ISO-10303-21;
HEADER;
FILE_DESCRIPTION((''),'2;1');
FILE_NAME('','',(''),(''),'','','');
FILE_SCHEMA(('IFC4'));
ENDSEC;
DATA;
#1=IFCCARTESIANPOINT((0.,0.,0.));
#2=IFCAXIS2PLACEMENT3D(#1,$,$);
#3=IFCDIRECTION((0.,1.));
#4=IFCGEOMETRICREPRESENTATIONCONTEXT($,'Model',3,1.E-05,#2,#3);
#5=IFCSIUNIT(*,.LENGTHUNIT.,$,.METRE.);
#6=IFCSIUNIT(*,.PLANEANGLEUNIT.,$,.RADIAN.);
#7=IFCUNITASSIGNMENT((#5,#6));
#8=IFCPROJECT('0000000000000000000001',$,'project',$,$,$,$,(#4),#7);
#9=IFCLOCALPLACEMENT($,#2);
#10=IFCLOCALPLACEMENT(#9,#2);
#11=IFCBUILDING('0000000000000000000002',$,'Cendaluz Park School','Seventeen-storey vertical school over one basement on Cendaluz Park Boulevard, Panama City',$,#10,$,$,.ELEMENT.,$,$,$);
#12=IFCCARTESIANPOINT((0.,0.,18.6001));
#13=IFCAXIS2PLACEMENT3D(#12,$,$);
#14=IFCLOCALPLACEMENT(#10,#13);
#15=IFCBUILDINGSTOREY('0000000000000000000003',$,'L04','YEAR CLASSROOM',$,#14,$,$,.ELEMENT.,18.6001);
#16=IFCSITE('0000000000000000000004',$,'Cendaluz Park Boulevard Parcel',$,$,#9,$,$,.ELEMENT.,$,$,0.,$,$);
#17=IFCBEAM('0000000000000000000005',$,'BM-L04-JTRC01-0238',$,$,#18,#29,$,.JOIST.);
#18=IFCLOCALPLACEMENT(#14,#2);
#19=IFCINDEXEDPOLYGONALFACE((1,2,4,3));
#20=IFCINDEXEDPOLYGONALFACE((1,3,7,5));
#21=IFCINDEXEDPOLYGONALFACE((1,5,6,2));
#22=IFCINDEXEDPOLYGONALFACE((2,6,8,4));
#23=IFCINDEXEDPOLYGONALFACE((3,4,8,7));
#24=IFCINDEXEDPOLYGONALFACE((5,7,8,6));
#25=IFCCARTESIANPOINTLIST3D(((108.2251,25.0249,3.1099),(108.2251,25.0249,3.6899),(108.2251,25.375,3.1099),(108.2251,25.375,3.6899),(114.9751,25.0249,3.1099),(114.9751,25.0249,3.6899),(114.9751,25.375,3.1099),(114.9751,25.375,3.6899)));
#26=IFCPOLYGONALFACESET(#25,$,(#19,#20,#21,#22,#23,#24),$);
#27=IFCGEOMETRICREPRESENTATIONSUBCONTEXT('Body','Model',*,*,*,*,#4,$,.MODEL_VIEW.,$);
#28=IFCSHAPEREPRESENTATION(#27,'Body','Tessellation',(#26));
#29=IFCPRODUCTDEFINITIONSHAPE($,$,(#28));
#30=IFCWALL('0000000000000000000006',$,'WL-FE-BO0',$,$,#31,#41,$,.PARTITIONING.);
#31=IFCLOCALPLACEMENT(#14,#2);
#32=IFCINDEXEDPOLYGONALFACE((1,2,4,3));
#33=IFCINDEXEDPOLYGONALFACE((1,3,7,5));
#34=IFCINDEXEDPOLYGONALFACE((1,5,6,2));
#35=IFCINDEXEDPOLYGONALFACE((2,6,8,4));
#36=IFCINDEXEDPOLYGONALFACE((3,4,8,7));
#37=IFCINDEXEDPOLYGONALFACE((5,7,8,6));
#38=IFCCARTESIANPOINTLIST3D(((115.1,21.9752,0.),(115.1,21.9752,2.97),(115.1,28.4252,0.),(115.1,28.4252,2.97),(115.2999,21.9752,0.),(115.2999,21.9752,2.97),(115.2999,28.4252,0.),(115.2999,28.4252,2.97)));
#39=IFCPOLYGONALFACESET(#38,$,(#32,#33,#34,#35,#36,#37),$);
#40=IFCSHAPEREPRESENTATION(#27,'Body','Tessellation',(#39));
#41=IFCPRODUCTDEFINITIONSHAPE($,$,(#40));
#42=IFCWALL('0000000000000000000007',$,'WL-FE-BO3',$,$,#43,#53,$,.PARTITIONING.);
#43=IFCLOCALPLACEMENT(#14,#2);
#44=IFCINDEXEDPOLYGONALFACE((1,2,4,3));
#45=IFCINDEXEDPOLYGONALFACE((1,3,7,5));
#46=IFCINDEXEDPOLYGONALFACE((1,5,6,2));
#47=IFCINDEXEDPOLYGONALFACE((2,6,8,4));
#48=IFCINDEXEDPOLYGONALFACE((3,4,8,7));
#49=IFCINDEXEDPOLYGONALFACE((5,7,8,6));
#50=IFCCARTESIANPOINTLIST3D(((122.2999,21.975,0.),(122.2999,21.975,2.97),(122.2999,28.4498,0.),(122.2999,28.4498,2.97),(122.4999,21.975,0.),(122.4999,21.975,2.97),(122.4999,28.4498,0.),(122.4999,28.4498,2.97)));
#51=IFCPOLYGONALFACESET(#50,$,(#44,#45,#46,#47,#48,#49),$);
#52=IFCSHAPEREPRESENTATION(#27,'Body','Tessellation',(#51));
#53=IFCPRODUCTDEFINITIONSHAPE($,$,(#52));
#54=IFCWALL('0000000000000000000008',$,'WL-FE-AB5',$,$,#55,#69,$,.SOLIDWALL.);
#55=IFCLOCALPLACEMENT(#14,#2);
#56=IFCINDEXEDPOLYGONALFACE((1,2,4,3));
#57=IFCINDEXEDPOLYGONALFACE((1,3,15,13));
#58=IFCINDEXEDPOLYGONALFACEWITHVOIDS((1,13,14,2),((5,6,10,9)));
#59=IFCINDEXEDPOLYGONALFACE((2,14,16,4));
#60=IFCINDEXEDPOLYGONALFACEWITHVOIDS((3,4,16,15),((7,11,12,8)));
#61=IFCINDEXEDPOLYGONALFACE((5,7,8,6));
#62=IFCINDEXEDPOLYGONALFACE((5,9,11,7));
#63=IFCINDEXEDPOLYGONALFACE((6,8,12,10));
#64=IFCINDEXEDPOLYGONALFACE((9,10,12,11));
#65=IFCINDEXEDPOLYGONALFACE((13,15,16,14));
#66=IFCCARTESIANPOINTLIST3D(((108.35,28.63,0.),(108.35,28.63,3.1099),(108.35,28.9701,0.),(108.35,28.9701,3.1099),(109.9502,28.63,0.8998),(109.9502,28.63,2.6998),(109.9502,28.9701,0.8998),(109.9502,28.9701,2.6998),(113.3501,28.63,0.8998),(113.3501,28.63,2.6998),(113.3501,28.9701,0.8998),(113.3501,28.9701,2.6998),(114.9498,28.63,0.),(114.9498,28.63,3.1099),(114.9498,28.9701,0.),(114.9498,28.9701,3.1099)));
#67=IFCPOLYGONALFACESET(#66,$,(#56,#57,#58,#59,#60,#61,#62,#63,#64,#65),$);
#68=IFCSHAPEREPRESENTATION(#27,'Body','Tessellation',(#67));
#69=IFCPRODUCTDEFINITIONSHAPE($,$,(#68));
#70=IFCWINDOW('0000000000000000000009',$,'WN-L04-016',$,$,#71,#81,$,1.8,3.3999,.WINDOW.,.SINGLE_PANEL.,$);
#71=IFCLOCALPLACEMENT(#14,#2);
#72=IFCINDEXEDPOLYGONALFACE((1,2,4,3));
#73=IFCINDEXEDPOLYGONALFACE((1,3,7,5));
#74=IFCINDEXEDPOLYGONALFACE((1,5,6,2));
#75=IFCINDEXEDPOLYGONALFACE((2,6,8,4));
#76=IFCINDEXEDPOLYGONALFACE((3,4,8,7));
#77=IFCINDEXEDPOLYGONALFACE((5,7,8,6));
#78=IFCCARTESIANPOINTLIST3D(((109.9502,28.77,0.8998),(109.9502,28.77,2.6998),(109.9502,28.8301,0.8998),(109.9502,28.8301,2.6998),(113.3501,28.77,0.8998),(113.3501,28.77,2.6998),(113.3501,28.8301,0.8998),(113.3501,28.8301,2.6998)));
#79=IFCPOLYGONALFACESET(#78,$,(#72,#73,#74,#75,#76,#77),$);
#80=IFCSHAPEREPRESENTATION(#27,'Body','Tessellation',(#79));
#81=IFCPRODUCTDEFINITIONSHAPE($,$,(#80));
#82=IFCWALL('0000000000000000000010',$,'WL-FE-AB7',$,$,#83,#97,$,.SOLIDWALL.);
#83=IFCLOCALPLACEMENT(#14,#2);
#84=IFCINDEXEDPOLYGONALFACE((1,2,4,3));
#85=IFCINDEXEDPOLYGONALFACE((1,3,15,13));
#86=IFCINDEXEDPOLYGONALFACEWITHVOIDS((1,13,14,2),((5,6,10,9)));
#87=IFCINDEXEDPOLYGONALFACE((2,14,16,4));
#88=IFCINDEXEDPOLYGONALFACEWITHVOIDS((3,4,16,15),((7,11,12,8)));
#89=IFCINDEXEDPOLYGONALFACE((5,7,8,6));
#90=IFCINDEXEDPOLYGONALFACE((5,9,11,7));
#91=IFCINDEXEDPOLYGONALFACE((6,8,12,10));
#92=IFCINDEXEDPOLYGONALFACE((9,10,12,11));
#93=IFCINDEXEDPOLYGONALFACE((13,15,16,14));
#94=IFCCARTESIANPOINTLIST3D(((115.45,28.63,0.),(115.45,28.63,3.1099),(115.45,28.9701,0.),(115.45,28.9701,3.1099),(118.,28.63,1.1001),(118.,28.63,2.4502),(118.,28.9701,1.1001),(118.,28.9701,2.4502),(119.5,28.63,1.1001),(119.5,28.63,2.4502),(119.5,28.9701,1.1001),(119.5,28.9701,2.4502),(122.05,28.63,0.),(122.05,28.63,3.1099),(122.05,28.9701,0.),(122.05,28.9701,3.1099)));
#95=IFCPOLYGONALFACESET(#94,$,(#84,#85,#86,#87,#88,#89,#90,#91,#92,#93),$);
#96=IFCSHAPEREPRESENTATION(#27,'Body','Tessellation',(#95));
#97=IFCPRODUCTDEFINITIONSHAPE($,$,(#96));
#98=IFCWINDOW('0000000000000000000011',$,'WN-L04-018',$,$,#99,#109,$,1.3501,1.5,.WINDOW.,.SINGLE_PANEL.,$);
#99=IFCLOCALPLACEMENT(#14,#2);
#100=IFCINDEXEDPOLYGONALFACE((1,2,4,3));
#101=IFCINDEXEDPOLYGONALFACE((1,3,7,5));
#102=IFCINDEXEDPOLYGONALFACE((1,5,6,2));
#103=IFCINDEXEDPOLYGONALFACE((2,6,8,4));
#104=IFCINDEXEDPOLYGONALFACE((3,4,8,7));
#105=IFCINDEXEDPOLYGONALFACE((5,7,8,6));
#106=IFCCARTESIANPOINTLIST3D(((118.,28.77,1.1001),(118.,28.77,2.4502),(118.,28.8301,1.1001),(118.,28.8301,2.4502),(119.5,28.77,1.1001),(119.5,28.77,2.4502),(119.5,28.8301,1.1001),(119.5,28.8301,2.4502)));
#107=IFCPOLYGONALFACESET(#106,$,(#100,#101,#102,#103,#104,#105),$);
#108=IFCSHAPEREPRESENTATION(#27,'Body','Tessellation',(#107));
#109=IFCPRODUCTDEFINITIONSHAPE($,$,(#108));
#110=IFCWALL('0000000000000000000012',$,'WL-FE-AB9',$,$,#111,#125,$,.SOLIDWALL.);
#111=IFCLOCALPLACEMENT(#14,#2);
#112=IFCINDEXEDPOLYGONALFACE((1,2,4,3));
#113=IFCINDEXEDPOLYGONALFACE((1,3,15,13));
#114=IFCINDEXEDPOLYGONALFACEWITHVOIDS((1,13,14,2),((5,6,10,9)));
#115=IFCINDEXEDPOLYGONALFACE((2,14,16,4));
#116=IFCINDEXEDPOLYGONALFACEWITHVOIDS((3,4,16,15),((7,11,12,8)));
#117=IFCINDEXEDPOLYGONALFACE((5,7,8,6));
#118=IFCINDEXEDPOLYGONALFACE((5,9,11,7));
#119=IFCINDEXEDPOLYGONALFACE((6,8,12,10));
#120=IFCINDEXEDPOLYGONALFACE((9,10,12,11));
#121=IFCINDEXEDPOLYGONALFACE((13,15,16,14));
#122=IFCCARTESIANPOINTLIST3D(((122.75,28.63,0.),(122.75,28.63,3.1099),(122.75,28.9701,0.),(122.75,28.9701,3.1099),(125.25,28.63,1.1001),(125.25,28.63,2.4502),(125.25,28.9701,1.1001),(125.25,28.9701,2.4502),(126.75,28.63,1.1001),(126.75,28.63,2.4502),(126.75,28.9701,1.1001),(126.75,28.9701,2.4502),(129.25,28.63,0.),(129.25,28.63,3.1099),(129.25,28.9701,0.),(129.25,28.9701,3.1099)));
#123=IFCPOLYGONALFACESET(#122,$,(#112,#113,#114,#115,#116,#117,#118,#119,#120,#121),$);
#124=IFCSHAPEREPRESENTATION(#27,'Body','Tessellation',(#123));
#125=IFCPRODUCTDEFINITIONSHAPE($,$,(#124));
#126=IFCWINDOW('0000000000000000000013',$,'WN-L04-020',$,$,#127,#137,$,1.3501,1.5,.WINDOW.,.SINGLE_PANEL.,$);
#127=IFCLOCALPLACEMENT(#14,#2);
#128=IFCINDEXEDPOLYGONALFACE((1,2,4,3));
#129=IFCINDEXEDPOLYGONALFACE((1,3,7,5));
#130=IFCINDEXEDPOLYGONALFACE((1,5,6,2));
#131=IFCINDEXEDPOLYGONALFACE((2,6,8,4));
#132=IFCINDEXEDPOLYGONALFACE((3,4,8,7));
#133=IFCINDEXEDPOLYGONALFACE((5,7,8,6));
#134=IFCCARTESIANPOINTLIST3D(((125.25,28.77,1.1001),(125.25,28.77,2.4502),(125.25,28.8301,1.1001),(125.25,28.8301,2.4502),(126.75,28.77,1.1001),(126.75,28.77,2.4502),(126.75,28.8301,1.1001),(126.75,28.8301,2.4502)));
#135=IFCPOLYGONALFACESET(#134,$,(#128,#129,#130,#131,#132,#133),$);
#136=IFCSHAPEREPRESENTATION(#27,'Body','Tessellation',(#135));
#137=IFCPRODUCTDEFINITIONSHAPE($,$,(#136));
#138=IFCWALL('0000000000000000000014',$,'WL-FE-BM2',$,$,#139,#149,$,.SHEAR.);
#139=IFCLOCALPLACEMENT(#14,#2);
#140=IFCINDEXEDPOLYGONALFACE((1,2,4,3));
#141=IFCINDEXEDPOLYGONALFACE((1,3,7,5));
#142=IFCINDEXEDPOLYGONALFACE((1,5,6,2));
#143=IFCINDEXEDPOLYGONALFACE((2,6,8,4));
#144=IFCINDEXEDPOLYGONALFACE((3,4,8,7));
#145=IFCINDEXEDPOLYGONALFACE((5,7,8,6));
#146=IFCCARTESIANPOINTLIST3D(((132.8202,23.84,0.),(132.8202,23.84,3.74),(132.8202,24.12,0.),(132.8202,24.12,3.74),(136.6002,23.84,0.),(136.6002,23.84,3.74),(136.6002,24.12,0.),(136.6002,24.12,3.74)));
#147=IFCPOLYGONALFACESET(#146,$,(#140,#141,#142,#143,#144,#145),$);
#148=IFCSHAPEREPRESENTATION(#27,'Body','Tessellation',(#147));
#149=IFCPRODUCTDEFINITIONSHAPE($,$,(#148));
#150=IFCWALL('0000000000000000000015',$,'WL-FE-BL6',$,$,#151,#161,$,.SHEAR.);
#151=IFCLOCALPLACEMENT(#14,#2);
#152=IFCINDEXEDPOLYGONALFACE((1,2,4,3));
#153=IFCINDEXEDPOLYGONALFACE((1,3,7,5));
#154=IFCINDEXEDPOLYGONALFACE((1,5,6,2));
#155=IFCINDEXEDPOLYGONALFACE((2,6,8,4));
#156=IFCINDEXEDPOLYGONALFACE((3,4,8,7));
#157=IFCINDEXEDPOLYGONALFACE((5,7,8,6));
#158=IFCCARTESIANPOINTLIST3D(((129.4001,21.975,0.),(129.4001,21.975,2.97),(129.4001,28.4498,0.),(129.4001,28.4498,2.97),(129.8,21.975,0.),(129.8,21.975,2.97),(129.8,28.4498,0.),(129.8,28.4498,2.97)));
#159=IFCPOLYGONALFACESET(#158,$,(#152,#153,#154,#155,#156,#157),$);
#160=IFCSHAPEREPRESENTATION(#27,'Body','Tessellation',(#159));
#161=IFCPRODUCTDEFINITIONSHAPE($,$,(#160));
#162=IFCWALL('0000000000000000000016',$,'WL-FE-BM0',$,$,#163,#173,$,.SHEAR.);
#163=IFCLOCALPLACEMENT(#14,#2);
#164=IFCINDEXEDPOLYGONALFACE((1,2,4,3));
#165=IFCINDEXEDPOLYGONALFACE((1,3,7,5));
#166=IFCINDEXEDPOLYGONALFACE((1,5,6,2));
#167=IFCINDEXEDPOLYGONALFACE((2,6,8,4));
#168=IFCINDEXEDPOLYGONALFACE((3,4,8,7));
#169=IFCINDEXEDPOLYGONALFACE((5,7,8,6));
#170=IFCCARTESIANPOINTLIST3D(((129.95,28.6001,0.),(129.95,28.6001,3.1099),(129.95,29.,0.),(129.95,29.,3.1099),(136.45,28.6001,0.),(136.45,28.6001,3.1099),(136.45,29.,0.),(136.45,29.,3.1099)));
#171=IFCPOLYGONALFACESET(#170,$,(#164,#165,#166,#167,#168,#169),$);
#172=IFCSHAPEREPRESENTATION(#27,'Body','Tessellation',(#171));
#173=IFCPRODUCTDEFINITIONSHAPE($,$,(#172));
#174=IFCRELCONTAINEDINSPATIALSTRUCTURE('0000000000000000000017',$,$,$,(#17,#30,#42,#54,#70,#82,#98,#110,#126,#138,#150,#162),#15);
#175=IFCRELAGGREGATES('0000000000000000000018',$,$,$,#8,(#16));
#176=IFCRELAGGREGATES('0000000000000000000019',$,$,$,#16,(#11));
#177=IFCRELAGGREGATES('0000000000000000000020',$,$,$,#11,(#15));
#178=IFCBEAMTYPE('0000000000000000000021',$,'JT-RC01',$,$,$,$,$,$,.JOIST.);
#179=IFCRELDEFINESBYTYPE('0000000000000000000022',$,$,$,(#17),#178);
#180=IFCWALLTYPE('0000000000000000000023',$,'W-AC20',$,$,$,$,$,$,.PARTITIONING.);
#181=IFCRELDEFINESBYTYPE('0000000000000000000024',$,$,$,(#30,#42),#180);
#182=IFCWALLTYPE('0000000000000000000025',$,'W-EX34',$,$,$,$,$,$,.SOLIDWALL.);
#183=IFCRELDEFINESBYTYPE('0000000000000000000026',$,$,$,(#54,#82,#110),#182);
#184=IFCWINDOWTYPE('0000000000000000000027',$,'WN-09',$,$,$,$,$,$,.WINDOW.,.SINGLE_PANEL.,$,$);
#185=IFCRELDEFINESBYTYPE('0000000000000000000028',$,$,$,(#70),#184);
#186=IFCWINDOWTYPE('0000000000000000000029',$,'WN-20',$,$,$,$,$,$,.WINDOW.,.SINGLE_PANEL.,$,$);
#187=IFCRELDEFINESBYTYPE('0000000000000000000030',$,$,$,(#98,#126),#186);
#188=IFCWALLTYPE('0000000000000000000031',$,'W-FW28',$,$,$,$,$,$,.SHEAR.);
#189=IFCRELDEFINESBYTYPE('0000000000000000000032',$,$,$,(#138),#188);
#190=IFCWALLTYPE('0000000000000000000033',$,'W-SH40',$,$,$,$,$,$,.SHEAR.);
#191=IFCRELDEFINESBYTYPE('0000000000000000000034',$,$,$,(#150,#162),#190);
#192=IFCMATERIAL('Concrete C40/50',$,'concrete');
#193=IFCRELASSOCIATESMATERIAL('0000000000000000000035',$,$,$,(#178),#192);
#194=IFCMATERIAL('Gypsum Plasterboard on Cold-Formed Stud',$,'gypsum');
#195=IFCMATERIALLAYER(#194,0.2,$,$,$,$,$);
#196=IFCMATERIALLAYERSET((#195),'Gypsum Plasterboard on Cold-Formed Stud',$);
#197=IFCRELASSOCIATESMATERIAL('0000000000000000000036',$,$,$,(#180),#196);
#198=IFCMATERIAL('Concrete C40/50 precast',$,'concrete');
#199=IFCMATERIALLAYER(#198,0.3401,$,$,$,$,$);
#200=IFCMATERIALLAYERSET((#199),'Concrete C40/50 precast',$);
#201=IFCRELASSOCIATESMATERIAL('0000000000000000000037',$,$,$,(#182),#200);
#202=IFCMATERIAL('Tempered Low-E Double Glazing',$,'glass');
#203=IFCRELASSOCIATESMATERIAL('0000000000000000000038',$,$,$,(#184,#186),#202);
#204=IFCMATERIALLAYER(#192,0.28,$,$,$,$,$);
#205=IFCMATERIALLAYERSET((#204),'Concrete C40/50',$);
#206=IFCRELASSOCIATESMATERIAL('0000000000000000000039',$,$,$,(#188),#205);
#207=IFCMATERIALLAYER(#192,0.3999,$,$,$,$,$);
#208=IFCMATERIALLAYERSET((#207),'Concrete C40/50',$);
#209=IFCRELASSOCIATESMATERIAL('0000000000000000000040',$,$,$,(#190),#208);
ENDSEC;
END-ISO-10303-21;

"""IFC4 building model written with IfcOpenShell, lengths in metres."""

from ifc_helpers import new_model, si_unit, direction, frame, frame_2d, origin, origin_2d, place, context, subcontext, project, spatial, rectangle, extrude, material, layer, layer_set, material_profile, profile_set, type_object, element, fill, save


model = new_model("IFC4")

# Units and contexts
model_context = context("Model", 3, precision=1e-05, world=origin(), true_north=direction((0.0, 1.0)))
body_context = subcontext(model_context, "Body", "Model", "MODEL_VIEW")
ifc_project = project(units=[si_unit("LENGTHUNIT", "METRE"), si_unit("PLANEANGLEUNIT", "RADIAN")], contexts=[model_context])

# Site, building, storey
site_placement = place(None, origin())
site = spatial("IfcSite", under=ifc_project, at=site_placement, Name="Cendaluz Park Boulevard Parcel", CompositionType="ELEMENT", RefElevation=0.0)
building_placement = place(site_placement, origin())
building = spatial("IfcBuilding", under=site, at=building_placement, Name="Cendaluz Park School", Description="Seventeen-storey vertical school over one basement on Cendaluz Park Boulevard, Panama City", CompositionType="ELEMENT")
storey_placement = place(building_placement, frame((0.0, 0.0, 18.6001)))
storey = spatial("IfcBuildingStorey", under=building, at=storey_placement, Name="L04", Description="YEAR CLASSROOM", CompositionType="ELEMENT", Elevation=18.6001)

# Shared definitions
ifc_material_1 = material(Name="Concrete C40/50", Category="concrete")

# Beam
ifc_material_profile_1 = material_profile(ifc_material_1, rectangle(XDim=0.3501, YDim=0.5801, at=origin_2d()), Name="RC 350x580", Category="concrete")
ifc_profile_set_1 = profile_set([ifc_material_profile_1], Name="Concrete C40/50")
beam_type_1 = type_object("IfcBeamType", Name="JT-RC01", PredefinedType="JOIST", material=ifc_profile_set_1)
beam_1_placement = place(storey_placement, frame((108.2251, 25.2, 3.3999), z_axis=(1.0, 0.0, 0.0), x_axis=(0.0, 1.0, 0.0)))
element("IfcBeam", 1, at=beam_1_placement, inside=storey, type_object=beam_type_1, Name="BM-L04-JTRC01-0238", PredefinedType="JOIST", context=body_context, shape_type="SweptSolid", body=[
    extrude(rectangle(XDim=0.3501, YDim=0.5801, at=origin_2d()), origin(), (0.0, 0.0, 1.0), 6.75),
])

# Walls
ifc_material_2 = material(Name="Gypsum Plasterboard on Cold-Formed Stud", Category="gypsum")
ifc_layer_1 = layer(ifc_material_2, 0.2)
ifc_layer_set_1 = layer_set([ifc_layer_1], Name="Gypsum Plasterboard on Cold-Formed Stud")
wall_type_1 = type_object("IfcWallType", Name="W-AC20", PredefinedType="PARTITIONING", material=ifc_layer_set_1)
wall_1_placement = place(storey_placement, frame((115.2, 21.9751, 0.0), z_axis=(0.0, 0.0, 1.0), x_axis=(0.0, 1.0, 0.0)))
element("IfcWall", 2, at=wall_1_placement, inside=storey, type_object=wall_type_1, Name="WL-FE-BO0", PredefinedType="PARTITIONING", context=body_context, shape_type="SweptSolid", body=[
    extrude(rectangle(XDim=6.45, YDim=0.2, at=frame_2d((3.2251, 0.0))), origin(), (0.0, 0.0, 1.0), 2.97),
])
wall_2_placement = place(storey_placement, frame((122.3999, 21.9751, 0.0), z_axis=(0.0, 0.0, 1.0), x_axis=(0.0, 1.0, 0.0)))
element("IfcWall", 3, at=wall_2_placement, inside=storey, type_object=wall_type_1, Name="WL-FE-BO3", PredefinedType="PARTITIONING", context=body_context, shape_type="SweptSolid", body=[
    extrude(rectangle(XDim=6.4749, YDim=0.2, at=frame_2d((3.2373, 0.0))), origin(), (0.0, 0.0, 1.0), 2.97),
])

# Walls, openings, windows
ifc_material_3 = material(Name="Concrete C40/50 precast", Category="concrete")
ifc_layer_2 = layer(ifc_material_3, 0.3401)
ifc_layer_set_2 = layer_set([ifc_layer_2], Name="Concrete C40/50 precast")
wall_type_2 = type_object("IfcWallType", Name="W-EX34", PredefinedType="SOLIDWALL", material=ifc_layer_set_2)
wall_3_placement = place(storey_placement, frame((108.3501, 28.8, 0.0), z_axis=(0.0, 0.0, 1.0), x_axis=(1.0, 0.0, 0.0)))
wall_3 = element("IfcWall", 4, at=wall_3_placement, inside=storey, type_object=wall_type_2, Name="WL-FE-AB5", PredefinedType="SOLIDWALL", context=body_context, shape_type="SweptSolid", body=[
    extrude(rectangle(XDim=6.5999, YDim=0.3401, at=frame_2d((3.2998, 0.0))), origin(), (0.0, 0.0, 1.0), 3.1099),
])
opening_1_placement = place(wall_3_placement, frame((1.6001, 0.0, 0.8999)))
opening_1 = element("IfcOpeningElement", 5, at=opening_1_placement, cuts=wall_3, PredefinedType="OPENING", context=body_context, shape_type="SweptSolid", body=[
    extrude(rectangle(XDim=3.3999, YDim=1.8, at=frame_2d((1.7, 0.8999))), frame((0.0, 0.1821, 0.0), z_axis=(0.0, -1.0, 0.0), x_axis=(1.0, 0.0, 0.0)), (0.0, 0.0, 1.0), 0.364),
])
ifc_material_4 = material(Name="Tempered Low-E Double Glazing", Category="glass")
window_type_1 = type_object("IfcWindowType", Name="WN-09", PartitioningType="SINGLE_PANEL", PredefinedType="WINDOW", material=ifc_material_4)
window_1_placement = place(opening_1_placement, origin())
window_1 = element("IfcWindow", 6, at=window_1_placement, inside=storey, type_object=window_type_1, Name="WN-L04-016", OverallHeight=1.8, OverallWidth=3.3999, PartitioningType="SINGLE_PANEL", PredefinedType="WINDOW", context=body_context, shape_type="SweptSolid", body=[
    extrude(rectangle(XDim=3.3999, YDim=1.8, at=frame_2d((1.7, 0.8999))), frame((0.0, 0.03, 0.0), z_axis=(0.0, -1.0, 0.0), x_axis=(1.0, 0.0, 0.0)), (0.0, 0.0, 1.0), 0.0601),
])
fill(opening_1, window_1)
wall_4_placement = place(storey_placement, frame((115.45, 28.8, 0.0), z_axis=(0.0, 0.0, 1.0), x_axis=(1.0, 0.0, 0.0)))
wall_4 = element("IfcWall", 7, at=wall_4_placement, inside=storey, type_object=wall_type_2, Name="WL-FE-AB7", PredefinedType="SOLIDWALL", context=body_context, shape_type="SweptSolid", body=[
    extrude(rectangle(XDim=6.6001, YDim=0.3401, at=frame_2d((3.3, 0.0))), origin(), (0.0, 0.0, 1.0), 3.1099),
])
opening_2_placement = place(wall_4_placement, frame((2.55, 0.0, 1.1001)))
opening_2 = element("IfcOpeningElement", 8, at=opening_2_placement, cuts=wall_4, PredefinedType="OPENING", context=body_context, shape_type="SweptSolid", body=[
    extrude(rectangle(XDim=1.5, YDim=1.3501, at=frame_2d((0.75, 0.675))), frame((0.0, 0.1821, 0.0), z_axis=(0.0, -1.0, 0.0), x_axis=(1.0, 0.0, 0.0)), (0.0, 0.0, 1.0), 0.364),
])
window_type_2 = type_object("IfcWindowType", Name="WN-20", PartitioningType="SINGLE_PANEL", PredefinedType="WINDOW", material=ifc_material_4)
window_2_placement = place(opening_2_placement, origin())
window_2 = element("IfcWindow", 9, at=window_2_placement, inside=storey, type_object=window_type_2, Name="WN-L04-018", OverallHeight=1.3501, OverallWidth=1.5, PartitioningType="SINGLE_PANEL", PredefinedType="WINDOW", context=body_context, shape_type="SweptSolid", body=[
    extrude(rectangle(XDim=1.5, YDim=1.3501, at=frame_2d((0.75, 0.675))), frame((0.0, 0.03, 0.0), z_axis=(0.0, -1.0, 0.0), x_axis=(1.0, 0.0, 0.0)), (0.0, 0.0, 1.0), 0.0601),
])
fill(opening_2, window_2)
wall_5_placement = place(storey_placement, frame((122.75, 28.8, 0.0), z_axis=(0.0, 0.0, 1.0), x_axis=(1.0, 0.0, 0.0)))
wall_5 = element("IfcWall", 10, at=wall_5_placement, inside=storey, type_object=wall_type_2, Name="WL-FE-AB9", PredefinedType="SOLIDWALL", context=body_context, shape_type="SweptSolid", body=[
    extrude(rectangle(XDim=6.5, YDim=0.3401, at=frame_2d((3.25, 0.0))), origin(), (0.0, 0.0, 1.0), 3.1099),
])
opening_3_placement = place(wall_5_placement, frame((2.5, 0.0, 1.1001)))
opening_3 = element("IfcOpeningElement", 11, at=opening_3_placement, cuts=wall_5, PredefinedType="OPENING", context=body_context, shape_type="SweptSolid", body=[
    extrude(rectangle(XDim=1.5, YDim=1.3501, at=frame_2d((0.75, 0.675))), frame((0.0, 0.1821, 0.0), z_axis=(0.0, -1.0, 0.0), x_axis=(1.0, 0.0, 0.0)), (0.0, 0.0, 1.0), 0.364),
])
window_3_placement = place(opening_3_placement, origin())
window_3 = element("IfcWindow", 12, at=window_3_placement, inside=storey, type_object=window_type_2, Name="WN-L04-020", OverallHeight=1.3501, OverallWidth=1.5, PartitioningType="SINGLE_PANEL", PredefinedType="WINDOW", context=body_context, shape_type="SweptSolid", body=[
    extrude(rectangle(XDim=1.5, YDim=1.3501, at=frame_2d((0.75, 0.675))), frame((0.0, 0.03, 0.0), z_axis=(0.0, -1.0, 0.0), x_axis=(1.0, 0.0, 0.0)), (0.0, 0.0, 1.0), 0.0601),
])
fill(opening_3, window_3)

# Wall
ifc_layer_3 = layer(ifc_material_1, 0.28)
ifc_layer_set_3 = layer_set([ifc_layer_3], Name="Concrete C40/50")
wall_type_3 = type_object("IfcWallType", Name="W-FW28", PredefinedType="SHEAR", material=ifc_layer_set_3)
wall_6_placement = place(storey_placement, frame((132.8201, 23.98, 0.0), z_axis=(0.0, 0.0, 1.0), x_axis=(1.0, 0.0, 0.0)))
element("IfcWall", 13, at=wall_6_placement, inside=storey, type_object=wall_type_3, Name="WL-FE-BM2", PredefinedType="SHEAR", context=body_context, shape_type="SweptSolid", body=[
    extrude(rectangle(XDim=3.78, YDim=0.28, at=frame_2d((1.8901, 0.0))), origin(), (0.0, 0.0, 1.0), 3.74),
])

# Walls
ifc_layer_4 = layer(ifc_material_1, 0.3999)
ifc_layer_set_4 = layer_set([ifc_layer_4], Name="Concrete C40/50")
wall_type_4 = type_object("IfcWallType", Name="W-SH40", PredefinedType="SHEAR", material=ifc_layer_set_4)
wall_7_placement = place(storey_placement, frame((129.6001, 21.9751, 0.0), z_axis=(0.0, 0.0, 1.0), x_axis=(0.0, 1.0, 0.0)))
element("IfcWall", 14, at=wall_7_placement, inside=storey, type_object=wall_type_4, Name="WL-FE-BL6", PredefinedType="SHEAR", context=body_context, shape_type="SweptSolid", body=[
    extrude(rectangle(XDim=6.4749, YDim=0.3999, at=frame_2d((3.2373, 0.0))), origin(), (0.0, 0.0, 1.0), 2.97),
])
wall_8_placement = place(storey_placement, frame((129.95, 28.8, 0.0), z_axis=(0.0, 0.0, 1.0), x_axis=(1.0, 0.0, 0.0)))
element("IfcWall", 15, at=wall_8_placement, inside=storey, type_object=wall_type_4, Name="WL-FE-BM0", PredefinedType="SHEAR", context=body_context, shape_type="SweptSolid", body=[
    extrude(rectangle(XDim=6.5, YDim=0.3999, at=frame_2d((3.25, 0.0))), origin(), (0.0, 0.0, 1.0), 3.1099),
])

save(model, "model.ifc")
